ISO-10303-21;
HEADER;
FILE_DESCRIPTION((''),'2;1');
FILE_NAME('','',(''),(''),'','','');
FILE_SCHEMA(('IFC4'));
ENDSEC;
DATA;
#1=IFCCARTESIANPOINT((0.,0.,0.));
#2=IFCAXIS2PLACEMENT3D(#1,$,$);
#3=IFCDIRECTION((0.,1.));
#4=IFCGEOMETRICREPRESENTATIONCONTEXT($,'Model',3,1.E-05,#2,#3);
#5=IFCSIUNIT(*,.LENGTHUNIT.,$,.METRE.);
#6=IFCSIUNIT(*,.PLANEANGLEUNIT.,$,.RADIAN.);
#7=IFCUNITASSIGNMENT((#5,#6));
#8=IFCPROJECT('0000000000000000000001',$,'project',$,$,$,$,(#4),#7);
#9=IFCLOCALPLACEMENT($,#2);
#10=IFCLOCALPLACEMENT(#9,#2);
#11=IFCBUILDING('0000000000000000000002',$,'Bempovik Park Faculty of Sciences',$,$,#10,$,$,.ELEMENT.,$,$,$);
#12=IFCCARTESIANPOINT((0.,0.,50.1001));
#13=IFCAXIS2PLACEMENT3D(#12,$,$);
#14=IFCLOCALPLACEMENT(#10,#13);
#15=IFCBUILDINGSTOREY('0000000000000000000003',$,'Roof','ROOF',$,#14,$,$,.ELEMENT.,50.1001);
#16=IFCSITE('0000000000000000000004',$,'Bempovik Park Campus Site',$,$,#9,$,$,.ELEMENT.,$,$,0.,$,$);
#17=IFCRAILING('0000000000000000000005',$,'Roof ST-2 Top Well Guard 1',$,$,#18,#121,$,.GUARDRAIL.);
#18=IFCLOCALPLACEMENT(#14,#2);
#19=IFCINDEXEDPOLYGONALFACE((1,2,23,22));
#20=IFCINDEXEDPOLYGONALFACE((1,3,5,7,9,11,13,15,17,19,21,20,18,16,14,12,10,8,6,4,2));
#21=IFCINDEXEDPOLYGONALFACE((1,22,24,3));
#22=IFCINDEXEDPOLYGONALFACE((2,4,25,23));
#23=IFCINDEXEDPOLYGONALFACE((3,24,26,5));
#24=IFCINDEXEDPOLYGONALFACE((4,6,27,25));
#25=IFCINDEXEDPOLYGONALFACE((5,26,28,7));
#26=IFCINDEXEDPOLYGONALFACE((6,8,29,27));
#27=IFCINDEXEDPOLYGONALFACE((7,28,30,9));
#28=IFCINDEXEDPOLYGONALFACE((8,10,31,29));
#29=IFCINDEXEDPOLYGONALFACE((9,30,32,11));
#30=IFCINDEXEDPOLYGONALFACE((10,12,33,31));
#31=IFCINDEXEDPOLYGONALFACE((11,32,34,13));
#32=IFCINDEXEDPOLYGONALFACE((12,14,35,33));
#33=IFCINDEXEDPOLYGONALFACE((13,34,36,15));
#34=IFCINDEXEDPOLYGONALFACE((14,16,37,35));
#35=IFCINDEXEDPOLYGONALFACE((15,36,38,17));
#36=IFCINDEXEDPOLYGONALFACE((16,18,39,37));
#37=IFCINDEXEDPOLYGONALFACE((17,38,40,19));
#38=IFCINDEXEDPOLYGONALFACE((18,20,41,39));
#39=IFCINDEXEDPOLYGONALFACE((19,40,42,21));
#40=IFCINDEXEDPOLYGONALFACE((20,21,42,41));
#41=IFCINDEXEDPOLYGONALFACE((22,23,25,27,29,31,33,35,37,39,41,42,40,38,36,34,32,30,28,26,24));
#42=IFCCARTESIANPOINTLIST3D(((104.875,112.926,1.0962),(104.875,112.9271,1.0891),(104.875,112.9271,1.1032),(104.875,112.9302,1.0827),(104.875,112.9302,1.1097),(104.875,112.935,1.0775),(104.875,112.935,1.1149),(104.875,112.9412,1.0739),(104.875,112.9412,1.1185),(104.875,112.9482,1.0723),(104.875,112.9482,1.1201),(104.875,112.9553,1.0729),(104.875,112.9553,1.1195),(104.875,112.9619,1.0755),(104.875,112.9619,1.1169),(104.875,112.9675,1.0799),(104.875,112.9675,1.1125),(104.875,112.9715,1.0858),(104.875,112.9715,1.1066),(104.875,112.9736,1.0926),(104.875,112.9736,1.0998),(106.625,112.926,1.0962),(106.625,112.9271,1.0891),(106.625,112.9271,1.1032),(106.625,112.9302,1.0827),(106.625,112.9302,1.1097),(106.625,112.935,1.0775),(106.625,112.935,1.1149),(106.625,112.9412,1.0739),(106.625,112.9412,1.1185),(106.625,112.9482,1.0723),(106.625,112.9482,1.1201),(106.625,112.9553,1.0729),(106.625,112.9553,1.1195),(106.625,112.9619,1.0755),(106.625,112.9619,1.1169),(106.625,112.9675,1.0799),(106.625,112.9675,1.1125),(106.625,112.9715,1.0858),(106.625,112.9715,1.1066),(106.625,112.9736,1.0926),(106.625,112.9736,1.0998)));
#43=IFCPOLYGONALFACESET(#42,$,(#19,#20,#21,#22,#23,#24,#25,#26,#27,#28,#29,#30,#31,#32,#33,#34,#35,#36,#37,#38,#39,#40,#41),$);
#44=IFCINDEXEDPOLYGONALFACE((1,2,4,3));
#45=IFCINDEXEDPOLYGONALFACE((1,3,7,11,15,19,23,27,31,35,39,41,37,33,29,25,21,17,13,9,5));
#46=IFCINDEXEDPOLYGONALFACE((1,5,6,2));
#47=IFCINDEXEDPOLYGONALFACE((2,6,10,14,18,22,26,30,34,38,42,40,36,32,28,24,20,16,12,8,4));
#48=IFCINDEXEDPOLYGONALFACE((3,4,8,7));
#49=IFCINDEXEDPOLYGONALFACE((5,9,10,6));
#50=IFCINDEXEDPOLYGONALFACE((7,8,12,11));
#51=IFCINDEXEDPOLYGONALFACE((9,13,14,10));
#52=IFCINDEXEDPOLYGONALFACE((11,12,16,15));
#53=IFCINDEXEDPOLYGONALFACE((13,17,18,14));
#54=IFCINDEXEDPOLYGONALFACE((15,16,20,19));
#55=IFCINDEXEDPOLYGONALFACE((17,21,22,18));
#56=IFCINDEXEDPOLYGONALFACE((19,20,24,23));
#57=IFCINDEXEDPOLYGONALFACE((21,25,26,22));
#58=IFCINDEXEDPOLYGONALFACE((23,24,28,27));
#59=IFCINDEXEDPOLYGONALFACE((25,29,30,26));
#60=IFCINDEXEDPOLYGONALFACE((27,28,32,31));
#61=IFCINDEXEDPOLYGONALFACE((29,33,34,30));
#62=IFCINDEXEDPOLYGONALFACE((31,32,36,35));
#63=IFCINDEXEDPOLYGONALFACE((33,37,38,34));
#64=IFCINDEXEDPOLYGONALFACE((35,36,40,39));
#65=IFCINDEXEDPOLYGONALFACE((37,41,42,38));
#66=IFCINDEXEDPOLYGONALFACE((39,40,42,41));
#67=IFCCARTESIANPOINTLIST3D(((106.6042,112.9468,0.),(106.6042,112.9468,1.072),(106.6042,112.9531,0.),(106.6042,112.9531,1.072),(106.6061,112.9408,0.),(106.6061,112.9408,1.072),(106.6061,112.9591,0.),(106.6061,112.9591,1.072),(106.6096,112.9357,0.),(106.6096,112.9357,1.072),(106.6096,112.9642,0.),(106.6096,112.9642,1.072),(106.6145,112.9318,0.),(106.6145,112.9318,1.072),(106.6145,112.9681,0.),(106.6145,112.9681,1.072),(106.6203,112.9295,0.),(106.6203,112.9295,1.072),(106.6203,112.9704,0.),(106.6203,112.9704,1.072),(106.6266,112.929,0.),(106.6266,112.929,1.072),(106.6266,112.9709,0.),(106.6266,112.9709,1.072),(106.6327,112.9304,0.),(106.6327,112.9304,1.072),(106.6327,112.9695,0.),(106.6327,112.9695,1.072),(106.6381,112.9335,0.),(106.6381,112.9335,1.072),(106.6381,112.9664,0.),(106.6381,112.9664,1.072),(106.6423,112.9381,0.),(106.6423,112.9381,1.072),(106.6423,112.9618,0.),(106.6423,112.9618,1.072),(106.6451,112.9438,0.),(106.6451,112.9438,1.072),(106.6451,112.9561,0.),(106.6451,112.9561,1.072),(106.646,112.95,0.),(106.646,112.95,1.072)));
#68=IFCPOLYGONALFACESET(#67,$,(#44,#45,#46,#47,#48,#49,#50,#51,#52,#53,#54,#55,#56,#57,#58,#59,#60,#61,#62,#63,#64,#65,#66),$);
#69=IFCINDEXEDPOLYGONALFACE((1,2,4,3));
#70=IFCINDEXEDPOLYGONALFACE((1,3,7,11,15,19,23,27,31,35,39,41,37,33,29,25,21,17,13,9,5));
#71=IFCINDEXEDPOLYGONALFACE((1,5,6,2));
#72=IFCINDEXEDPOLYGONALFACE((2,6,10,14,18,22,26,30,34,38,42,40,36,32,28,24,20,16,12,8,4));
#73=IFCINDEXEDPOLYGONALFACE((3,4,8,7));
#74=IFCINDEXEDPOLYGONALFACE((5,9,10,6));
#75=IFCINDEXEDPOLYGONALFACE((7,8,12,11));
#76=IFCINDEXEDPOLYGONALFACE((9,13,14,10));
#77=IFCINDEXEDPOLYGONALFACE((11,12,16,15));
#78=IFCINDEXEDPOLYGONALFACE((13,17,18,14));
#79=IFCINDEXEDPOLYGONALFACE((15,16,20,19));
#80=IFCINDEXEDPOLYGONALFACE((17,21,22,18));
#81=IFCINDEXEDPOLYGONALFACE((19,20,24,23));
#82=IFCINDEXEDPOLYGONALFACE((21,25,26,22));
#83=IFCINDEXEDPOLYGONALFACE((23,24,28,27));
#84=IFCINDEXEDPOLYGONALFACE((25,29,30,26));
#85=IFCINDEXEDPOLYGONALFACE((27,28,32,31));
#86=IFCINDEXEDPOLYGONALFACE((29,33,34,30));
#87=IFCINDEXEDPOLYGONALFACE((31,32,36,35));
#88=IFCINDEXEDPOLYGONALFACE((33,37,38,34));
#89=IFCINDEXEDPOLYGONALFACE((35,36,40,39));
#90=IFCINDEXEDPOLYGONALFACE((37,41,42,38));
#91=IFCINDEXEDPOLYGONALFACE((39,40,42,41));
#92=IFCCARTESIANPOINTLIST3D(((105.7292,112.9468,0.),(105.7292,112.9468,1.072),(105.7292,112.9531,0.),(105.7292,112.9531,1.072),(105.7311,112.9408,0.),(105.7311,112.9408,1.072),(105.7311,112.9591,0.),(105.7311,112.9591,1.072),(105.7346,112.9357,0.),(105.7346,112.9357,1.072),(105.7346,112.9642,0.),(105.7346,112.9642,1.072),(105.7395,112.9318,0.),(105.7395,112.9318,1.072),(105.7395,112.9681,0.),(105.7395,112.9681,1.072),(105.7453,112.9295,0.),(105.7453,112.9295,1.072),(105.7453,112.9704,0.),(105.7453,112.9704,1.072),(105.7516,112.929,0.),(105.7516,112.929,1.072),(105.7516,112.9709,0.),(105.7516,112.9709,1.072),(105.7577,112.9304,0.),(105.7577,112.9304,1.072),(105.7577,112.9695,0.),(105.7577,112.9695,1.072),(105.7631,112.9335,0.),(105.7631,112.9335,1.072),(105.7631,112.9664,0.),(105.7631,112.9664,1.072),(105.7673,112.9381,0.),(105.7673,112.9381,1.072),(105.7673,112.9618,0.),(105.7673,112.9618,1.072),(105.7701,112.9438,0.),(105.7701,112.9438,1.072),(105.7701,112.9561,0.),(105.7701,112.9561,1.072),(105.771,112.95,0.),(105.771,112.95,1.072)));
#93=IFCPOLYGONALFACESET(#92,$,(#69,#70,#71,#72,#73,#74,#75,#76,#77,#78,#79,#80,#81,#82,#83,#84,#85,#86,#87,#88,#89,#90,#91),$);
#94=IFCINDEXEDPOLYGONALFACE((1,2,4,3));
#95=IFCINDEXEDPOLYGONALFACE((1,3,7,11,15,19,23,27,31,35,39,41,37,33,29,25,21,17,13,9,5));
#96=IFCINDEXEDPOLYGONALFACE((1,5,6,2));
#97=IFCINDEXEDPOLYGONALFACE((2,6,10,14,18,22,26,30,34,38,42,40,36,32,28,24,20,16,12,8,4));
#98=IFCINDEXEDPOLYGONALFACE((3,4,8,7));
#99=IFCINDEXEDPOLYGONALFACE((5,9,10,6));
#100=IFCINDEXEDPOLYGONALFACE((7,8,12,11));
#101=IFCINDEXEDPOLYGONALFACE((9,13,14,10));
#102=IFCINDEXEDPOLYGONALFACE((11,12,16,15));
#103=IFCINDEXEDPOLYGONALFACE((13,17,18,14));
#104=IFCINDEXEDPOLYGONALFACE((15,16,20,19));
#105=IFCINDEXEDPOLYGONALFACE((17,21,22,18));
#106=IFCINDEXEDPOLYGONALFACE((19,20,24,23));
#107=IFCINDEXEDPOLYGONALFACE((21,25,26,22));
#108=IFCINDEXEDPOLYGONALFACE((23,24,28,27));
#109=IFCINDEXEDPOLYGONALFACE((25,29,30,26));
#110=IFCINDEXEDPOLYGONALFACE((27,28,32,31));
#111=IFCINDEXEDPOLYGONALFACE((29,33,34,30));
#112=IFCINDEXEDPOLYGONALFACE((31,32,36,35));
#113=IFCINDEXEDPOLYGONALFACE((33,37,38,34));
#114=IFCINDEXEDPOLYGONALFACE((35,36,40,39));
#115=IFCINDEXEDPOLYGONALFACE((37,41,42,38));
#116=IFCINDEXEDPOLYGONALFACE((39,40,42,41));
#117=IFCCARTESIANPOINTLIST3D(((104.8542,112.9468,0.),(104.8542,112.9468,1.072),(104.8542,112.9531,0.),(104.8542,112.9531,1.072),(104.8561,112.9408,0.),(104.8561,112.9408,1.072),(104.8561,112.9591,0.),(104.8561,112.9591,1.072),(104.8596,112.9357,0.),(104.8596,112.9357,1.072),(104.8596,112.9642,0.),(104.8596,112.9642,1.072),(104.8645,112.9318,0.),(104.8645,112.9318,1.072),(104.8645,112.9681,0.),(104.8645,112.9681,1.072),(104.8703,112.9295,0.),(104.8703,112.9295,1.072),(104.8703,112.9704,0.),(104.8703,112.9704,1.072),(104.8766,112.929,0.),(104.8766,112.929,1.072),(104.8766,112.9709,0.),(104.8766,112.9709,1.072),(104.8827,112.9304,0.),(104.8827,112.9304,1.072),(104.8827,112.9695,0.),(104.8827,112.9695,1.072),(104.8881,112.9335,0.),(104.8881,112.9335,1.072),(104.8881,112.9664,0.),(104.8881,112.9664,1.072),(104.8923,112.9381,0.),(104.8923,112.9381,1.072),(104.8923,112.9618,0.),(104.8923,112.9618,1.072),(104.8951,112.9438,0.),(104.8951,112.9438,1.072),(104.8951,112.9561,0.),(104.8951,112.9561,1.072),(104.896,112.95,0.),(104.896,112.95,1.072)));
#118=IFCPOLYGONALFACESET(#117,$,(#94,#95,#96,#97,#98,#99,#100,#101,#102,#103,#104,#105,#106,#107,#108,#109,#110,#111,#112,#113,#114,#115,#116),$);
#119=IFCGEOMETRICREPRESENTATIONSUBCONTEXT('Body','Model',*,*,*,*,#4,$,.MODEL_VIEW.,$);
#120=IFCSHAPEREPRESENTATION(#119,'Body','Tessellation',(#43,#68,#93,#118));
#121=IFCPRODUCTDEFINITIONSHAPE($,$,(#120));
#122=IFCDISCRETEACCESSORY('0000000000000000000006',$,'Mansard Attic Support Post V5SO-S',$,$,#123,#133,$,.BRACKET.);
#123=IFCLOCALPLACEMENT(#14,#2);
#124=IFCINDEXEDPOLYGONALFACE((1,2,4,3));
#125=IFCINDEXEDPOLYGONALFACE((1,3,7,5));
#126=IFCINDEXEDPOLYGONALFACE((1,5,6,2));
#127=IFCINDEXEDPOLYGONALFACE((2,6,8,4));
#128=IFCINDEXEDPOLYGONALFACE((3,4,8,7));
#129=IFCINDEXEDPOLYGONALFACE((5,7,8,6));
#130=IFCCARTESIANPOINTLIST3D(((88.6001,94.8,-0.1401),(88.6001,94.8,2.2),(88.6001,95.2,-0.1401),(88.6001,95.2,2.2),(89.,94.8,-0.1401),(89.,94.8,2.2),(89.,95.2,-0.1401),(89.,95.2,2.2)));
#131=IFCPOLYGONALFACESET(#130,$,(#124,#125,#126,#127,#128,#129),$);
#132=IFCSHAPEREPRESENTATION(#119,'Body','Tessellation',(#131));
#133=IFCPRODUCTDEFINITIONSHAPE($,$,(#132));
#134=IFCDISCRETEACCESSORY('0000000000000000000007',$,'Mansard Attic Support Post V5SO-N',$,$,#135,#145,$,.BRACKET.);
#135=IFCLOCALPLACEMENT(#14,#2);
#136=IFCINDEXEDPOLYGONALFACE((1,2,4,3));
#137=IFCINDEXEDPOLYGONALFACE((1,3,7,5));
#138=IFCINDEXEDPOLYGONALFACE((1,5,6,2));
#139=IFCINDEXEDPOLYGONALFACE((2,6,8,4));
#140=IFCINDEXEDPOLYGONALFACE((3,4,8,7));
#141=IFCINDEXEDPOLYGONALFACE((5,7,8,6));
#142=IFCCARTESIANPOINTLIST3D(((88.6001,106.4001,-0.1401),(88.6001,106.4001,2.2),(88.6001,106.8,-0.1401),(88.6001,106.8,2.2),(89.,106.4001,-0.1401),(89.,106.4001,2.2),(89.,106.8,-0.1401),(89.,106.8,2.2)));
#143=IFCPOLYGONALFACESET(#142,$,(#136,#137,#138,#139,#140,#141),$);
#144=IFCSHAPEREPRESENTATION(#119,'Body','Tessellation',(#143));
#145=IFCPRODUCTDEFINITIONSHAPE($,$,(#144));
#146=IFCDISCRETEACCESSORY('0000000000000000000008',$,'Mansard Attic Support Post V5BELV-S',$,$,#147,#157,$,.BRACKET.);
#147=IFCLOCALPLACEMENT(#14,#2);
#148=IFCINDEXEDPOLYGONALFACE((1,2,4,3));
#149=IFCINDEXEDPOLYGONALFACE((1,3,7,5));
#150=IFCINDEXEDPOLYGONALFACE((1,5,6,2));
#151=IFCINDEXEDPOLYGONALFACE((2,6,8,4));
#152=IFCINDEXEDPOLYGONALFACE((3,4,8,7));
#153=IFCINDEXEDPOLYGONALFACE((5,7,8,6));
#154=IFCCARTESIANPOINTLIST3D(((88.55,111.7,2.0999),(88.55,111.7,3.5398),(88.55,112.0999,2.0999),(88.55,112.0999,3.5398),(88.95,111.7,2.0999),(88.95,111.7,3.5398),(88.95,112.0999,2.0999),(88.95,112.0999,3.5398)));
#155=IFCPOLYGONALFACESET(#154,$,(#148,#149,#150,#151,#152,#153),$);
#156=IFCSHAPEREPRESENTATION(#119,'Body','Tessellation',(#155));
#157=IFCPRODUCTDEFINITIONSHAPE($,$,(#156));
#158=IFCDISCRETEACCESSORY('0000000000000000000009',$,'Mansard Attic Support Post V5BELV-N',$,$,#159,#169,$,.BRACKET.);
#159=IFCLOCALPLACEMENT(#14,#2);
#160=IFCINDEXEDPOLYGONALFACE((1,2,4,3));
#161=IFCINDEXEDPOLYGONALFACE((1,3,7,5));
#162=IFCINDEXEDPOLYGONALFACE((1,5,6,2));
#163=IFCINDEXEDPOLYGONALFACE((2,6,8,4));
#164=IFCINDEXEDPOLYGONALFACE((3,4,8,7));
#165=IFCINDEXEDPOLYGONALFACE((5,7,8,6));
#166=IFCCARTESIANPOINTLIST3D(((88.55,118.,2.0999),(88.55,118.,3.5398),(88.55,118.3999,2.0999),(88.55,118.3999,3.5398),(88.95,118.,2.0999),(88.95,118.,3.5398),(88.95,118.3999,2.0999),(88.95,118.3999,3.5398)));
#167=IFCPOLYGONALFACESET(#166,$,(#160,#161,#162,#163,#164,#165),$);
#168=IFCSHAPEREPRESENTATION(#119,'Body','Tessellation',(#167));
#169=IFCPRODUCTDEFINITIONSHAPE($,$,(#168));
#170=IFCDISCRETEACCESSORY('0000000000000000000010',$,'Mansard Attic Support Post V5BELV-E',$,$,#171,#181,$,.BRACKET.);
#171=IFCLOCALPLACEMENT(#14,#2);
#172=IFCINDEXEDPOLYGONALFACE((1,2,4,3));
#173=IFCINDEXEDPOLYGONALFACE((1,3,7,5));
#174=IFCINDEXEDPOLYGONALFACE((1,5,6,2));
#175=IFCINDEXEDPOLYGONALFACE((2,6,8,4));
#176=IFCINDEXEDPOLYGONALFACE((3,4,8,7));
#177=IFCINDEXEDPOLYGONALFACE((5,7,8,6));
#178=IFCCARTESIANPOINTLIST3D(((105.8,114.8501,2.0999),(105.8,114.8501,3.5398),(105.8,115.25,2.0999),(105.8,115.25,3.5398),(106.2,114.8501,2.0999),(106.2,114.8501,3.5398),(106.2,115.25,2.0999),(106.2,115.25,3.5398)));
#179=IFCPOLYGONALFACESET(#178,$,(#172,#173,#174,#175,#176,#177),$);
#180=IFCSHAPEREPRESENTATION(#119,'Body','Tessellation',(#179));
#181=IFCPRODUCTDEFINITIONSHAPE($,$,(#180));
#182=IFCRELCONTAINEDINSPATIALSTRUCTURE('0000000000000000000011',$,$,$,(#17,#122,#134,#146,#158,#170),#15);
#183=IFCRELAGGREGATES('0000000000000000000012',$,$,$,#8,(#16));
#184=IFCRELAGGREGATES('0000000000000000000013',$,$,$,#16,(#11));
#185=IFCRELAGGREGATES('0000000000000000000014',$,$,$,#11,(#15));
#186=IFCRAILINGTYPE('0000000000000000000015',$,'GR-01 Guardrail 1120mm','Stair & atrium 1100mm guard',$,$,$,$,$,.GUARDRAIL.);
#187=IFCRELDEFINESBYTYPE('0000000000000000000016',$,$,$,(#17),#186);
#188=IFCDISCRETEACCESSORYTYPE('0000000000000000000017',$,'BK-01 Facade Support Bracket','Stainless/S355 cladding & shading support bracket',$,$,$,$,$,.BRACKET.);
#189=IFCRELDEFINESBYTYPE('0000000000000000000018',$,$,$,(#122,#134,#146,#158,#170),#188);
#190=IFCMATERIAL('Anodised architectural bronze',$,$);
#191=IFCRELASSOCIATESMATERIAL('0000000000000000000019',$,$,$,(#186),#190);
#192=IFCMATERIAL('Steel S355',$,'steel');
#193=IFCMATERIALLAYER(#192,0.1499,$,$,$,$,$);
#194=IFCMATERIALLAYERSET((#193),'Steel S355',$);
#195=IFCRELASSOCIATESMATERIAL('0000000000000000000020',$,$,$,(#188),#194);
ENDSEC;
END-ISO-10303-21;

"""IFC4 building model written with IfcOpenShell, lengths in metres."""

from ifc_helpers import new_model, si_unit, direction, frame, origin, origin_2d, place, context, subcontext, project, spatial, rectangle, circle, extrude, material, layer, layer_set, type_object, element, save


model = new_model("IFC4")

# Units and contexts
model_context = context("Model", 3, precision=1e-05, world=origin(), true_north=direction((0.0, 1.0)))
body_context = subcontext(model_context, "Body", "Model", "MODEL_VIEW")
ifc_project = project(units=[si_unit("LENGTHUNIT", "METRE"), si_unit("PLANEANGLEUNIT", "RADIAN")], contexts=[model_context])

# Site, building, storey
site_placement = place(None, origin())
site = spatial("IfcSite", under=ifc_project, at=site_placement, Name="Bempovik Park Campus Site", CompositionType="ELEMENT", RefElevation=0.0)
building_placement = place(site_placement, origin())
building = spatial("IfcBuilding", under=site, at=building_placement, Name="Bempovik Park Faculty of Sciences", CompositionType="ELEMENT")
storey_placement = place(building_placement, frame((0.0, 0.0, 50.1001)))
storey = spatial("IfcBuildingStorey", under=building, at=storey_placement, Name="Roof", Description="ROOF", CompositionType="ELEMENT", Elevation=50.1001)

# Railing
ifc_material_1 = material(Name="Anodised architectural bronze")
railing_type_1 = type_object("IfcRailingType", Name="GR-01 Guardrail 1120mm", Description="Stair & atrium 1100mm guard", PredefinedType="GUARDRAIL", material=ifc_material_1)
railing_1_placement = place(storey_placement, frame((106.625, 112.95, 0.0)))
element("IfcRailing", 1, at=railing_1_placement, inside=storey, type_object=railing_type_1, Name="Roof ST-2 Top Well Guard 1", PredefinedType="GUARDRAIL", context=body_context, shape_type="SweptSolid", body=[
    extrude(circle(Radius=0.0239, at=origin_2d()), frame((0.0, 0.0, 1.0962), z_axis=(-1.0, 0.0, 0.0), x_axis=(0.0, -1.0, 0.0)), (0.0, 0.0, 1.0), 1.75),
    extrude(circle(Radius=0.021, at=origin_2d()), origin(), (0.0, 0.0, 1.0), 1.072),
    extrude(circle(Radius=0.021, at=origin_2d()), frame((-0.875, 0.0, 0.0)), (0.0, 0.0, 1.0), 1.072),
    extrude(circle(Radius=0.021, at=origin_2d()), frame((-1.75, 0.0, 0.0)), (0.0, 0.0, 1.0), 1.072),
])

# Discrete accessories
ifc_material_2 = material(Name="Steel S355", Category="steel")
ifc_layer_1 = layer(ifc_material_2, 0.1499)
ifc_layer_set_1 = layer_set([ifc_layer_1], Name="Steel S355")
discrete_accessory_type = type_object("IfcDiscreteAccessoryType", Name="BK-01 Facade Support Bracket", Description="Stainless/S355 cladding & shading support bracket", PredefinedType="BRACKET", material=ifc_layer_set_1)
for number, where, z_axis, x_axis, name in (
    (2, (88.8, 95.0, -0.1401), (0.0, 0.0, 1.0), (1.0, 0.0, 0.0), "Mansard Attic Support Post V5SO-S"),
    (3, (88.8, 106.6001, -0.1401), (0.0, 0.0, 1.0), (1.0, 0.0, 0.0), "Mansard Attic Support Post V5SO-N"),
):
    element("IfcDiscreteAccessory", number, at=place(storey_placement, frame(where, z_axis=z_axis, x_axis=x_axis)), inside=storey, type_object=discrete_accessory_type, Name=name, PredefinedType="BRACKET", context=body_context, shape_type="SweptSolid", body=[
        extrude(rectangle(XDim=0.3999, YDim=0.3999, at=origin_2d()), origin(), (0.0, 0.0, 1.0), 2.3401),
    ])
for number, where, z_axis, x_axis, name in (
    (4, (88.75, 111.8999, 2.0999), (0.0, 0.0, 1.0), (1.0, 0.0, 0.0), "Mansard Attic Support Post V5BELV-S"),
    (5, (88.75, 118.2, 2.0999), (0.0, 0.0, 1.0), (1.0, 0.0, 0.0), "Mansard Attic Support Post V5BELV-N"),
    (6, (106.0, 115.05, 2.0999), (0.0, 0.0, 1.0), (1.0, 0.0, 0.0), "Mansard Attic Support Post V5BELV-E"),
):
    element("IfcDiscreteAccessory", number, at=place(storey_placement, frame(where, z_axis=z_axis, x_axis=x_axis)), inside=storey, type_object=discrete_accessory_type, Name=name, PredefinedType="BRACKET", context=body_context, shape_type="SweptSolid", body=[
        extrude(rectangle(XDim=0.3999, YDim=0.3999, at=origin_2d()), origin(), (0.0, 0.0, 1.0), 1.4399),
    ])

save(model, "model.ifc")
